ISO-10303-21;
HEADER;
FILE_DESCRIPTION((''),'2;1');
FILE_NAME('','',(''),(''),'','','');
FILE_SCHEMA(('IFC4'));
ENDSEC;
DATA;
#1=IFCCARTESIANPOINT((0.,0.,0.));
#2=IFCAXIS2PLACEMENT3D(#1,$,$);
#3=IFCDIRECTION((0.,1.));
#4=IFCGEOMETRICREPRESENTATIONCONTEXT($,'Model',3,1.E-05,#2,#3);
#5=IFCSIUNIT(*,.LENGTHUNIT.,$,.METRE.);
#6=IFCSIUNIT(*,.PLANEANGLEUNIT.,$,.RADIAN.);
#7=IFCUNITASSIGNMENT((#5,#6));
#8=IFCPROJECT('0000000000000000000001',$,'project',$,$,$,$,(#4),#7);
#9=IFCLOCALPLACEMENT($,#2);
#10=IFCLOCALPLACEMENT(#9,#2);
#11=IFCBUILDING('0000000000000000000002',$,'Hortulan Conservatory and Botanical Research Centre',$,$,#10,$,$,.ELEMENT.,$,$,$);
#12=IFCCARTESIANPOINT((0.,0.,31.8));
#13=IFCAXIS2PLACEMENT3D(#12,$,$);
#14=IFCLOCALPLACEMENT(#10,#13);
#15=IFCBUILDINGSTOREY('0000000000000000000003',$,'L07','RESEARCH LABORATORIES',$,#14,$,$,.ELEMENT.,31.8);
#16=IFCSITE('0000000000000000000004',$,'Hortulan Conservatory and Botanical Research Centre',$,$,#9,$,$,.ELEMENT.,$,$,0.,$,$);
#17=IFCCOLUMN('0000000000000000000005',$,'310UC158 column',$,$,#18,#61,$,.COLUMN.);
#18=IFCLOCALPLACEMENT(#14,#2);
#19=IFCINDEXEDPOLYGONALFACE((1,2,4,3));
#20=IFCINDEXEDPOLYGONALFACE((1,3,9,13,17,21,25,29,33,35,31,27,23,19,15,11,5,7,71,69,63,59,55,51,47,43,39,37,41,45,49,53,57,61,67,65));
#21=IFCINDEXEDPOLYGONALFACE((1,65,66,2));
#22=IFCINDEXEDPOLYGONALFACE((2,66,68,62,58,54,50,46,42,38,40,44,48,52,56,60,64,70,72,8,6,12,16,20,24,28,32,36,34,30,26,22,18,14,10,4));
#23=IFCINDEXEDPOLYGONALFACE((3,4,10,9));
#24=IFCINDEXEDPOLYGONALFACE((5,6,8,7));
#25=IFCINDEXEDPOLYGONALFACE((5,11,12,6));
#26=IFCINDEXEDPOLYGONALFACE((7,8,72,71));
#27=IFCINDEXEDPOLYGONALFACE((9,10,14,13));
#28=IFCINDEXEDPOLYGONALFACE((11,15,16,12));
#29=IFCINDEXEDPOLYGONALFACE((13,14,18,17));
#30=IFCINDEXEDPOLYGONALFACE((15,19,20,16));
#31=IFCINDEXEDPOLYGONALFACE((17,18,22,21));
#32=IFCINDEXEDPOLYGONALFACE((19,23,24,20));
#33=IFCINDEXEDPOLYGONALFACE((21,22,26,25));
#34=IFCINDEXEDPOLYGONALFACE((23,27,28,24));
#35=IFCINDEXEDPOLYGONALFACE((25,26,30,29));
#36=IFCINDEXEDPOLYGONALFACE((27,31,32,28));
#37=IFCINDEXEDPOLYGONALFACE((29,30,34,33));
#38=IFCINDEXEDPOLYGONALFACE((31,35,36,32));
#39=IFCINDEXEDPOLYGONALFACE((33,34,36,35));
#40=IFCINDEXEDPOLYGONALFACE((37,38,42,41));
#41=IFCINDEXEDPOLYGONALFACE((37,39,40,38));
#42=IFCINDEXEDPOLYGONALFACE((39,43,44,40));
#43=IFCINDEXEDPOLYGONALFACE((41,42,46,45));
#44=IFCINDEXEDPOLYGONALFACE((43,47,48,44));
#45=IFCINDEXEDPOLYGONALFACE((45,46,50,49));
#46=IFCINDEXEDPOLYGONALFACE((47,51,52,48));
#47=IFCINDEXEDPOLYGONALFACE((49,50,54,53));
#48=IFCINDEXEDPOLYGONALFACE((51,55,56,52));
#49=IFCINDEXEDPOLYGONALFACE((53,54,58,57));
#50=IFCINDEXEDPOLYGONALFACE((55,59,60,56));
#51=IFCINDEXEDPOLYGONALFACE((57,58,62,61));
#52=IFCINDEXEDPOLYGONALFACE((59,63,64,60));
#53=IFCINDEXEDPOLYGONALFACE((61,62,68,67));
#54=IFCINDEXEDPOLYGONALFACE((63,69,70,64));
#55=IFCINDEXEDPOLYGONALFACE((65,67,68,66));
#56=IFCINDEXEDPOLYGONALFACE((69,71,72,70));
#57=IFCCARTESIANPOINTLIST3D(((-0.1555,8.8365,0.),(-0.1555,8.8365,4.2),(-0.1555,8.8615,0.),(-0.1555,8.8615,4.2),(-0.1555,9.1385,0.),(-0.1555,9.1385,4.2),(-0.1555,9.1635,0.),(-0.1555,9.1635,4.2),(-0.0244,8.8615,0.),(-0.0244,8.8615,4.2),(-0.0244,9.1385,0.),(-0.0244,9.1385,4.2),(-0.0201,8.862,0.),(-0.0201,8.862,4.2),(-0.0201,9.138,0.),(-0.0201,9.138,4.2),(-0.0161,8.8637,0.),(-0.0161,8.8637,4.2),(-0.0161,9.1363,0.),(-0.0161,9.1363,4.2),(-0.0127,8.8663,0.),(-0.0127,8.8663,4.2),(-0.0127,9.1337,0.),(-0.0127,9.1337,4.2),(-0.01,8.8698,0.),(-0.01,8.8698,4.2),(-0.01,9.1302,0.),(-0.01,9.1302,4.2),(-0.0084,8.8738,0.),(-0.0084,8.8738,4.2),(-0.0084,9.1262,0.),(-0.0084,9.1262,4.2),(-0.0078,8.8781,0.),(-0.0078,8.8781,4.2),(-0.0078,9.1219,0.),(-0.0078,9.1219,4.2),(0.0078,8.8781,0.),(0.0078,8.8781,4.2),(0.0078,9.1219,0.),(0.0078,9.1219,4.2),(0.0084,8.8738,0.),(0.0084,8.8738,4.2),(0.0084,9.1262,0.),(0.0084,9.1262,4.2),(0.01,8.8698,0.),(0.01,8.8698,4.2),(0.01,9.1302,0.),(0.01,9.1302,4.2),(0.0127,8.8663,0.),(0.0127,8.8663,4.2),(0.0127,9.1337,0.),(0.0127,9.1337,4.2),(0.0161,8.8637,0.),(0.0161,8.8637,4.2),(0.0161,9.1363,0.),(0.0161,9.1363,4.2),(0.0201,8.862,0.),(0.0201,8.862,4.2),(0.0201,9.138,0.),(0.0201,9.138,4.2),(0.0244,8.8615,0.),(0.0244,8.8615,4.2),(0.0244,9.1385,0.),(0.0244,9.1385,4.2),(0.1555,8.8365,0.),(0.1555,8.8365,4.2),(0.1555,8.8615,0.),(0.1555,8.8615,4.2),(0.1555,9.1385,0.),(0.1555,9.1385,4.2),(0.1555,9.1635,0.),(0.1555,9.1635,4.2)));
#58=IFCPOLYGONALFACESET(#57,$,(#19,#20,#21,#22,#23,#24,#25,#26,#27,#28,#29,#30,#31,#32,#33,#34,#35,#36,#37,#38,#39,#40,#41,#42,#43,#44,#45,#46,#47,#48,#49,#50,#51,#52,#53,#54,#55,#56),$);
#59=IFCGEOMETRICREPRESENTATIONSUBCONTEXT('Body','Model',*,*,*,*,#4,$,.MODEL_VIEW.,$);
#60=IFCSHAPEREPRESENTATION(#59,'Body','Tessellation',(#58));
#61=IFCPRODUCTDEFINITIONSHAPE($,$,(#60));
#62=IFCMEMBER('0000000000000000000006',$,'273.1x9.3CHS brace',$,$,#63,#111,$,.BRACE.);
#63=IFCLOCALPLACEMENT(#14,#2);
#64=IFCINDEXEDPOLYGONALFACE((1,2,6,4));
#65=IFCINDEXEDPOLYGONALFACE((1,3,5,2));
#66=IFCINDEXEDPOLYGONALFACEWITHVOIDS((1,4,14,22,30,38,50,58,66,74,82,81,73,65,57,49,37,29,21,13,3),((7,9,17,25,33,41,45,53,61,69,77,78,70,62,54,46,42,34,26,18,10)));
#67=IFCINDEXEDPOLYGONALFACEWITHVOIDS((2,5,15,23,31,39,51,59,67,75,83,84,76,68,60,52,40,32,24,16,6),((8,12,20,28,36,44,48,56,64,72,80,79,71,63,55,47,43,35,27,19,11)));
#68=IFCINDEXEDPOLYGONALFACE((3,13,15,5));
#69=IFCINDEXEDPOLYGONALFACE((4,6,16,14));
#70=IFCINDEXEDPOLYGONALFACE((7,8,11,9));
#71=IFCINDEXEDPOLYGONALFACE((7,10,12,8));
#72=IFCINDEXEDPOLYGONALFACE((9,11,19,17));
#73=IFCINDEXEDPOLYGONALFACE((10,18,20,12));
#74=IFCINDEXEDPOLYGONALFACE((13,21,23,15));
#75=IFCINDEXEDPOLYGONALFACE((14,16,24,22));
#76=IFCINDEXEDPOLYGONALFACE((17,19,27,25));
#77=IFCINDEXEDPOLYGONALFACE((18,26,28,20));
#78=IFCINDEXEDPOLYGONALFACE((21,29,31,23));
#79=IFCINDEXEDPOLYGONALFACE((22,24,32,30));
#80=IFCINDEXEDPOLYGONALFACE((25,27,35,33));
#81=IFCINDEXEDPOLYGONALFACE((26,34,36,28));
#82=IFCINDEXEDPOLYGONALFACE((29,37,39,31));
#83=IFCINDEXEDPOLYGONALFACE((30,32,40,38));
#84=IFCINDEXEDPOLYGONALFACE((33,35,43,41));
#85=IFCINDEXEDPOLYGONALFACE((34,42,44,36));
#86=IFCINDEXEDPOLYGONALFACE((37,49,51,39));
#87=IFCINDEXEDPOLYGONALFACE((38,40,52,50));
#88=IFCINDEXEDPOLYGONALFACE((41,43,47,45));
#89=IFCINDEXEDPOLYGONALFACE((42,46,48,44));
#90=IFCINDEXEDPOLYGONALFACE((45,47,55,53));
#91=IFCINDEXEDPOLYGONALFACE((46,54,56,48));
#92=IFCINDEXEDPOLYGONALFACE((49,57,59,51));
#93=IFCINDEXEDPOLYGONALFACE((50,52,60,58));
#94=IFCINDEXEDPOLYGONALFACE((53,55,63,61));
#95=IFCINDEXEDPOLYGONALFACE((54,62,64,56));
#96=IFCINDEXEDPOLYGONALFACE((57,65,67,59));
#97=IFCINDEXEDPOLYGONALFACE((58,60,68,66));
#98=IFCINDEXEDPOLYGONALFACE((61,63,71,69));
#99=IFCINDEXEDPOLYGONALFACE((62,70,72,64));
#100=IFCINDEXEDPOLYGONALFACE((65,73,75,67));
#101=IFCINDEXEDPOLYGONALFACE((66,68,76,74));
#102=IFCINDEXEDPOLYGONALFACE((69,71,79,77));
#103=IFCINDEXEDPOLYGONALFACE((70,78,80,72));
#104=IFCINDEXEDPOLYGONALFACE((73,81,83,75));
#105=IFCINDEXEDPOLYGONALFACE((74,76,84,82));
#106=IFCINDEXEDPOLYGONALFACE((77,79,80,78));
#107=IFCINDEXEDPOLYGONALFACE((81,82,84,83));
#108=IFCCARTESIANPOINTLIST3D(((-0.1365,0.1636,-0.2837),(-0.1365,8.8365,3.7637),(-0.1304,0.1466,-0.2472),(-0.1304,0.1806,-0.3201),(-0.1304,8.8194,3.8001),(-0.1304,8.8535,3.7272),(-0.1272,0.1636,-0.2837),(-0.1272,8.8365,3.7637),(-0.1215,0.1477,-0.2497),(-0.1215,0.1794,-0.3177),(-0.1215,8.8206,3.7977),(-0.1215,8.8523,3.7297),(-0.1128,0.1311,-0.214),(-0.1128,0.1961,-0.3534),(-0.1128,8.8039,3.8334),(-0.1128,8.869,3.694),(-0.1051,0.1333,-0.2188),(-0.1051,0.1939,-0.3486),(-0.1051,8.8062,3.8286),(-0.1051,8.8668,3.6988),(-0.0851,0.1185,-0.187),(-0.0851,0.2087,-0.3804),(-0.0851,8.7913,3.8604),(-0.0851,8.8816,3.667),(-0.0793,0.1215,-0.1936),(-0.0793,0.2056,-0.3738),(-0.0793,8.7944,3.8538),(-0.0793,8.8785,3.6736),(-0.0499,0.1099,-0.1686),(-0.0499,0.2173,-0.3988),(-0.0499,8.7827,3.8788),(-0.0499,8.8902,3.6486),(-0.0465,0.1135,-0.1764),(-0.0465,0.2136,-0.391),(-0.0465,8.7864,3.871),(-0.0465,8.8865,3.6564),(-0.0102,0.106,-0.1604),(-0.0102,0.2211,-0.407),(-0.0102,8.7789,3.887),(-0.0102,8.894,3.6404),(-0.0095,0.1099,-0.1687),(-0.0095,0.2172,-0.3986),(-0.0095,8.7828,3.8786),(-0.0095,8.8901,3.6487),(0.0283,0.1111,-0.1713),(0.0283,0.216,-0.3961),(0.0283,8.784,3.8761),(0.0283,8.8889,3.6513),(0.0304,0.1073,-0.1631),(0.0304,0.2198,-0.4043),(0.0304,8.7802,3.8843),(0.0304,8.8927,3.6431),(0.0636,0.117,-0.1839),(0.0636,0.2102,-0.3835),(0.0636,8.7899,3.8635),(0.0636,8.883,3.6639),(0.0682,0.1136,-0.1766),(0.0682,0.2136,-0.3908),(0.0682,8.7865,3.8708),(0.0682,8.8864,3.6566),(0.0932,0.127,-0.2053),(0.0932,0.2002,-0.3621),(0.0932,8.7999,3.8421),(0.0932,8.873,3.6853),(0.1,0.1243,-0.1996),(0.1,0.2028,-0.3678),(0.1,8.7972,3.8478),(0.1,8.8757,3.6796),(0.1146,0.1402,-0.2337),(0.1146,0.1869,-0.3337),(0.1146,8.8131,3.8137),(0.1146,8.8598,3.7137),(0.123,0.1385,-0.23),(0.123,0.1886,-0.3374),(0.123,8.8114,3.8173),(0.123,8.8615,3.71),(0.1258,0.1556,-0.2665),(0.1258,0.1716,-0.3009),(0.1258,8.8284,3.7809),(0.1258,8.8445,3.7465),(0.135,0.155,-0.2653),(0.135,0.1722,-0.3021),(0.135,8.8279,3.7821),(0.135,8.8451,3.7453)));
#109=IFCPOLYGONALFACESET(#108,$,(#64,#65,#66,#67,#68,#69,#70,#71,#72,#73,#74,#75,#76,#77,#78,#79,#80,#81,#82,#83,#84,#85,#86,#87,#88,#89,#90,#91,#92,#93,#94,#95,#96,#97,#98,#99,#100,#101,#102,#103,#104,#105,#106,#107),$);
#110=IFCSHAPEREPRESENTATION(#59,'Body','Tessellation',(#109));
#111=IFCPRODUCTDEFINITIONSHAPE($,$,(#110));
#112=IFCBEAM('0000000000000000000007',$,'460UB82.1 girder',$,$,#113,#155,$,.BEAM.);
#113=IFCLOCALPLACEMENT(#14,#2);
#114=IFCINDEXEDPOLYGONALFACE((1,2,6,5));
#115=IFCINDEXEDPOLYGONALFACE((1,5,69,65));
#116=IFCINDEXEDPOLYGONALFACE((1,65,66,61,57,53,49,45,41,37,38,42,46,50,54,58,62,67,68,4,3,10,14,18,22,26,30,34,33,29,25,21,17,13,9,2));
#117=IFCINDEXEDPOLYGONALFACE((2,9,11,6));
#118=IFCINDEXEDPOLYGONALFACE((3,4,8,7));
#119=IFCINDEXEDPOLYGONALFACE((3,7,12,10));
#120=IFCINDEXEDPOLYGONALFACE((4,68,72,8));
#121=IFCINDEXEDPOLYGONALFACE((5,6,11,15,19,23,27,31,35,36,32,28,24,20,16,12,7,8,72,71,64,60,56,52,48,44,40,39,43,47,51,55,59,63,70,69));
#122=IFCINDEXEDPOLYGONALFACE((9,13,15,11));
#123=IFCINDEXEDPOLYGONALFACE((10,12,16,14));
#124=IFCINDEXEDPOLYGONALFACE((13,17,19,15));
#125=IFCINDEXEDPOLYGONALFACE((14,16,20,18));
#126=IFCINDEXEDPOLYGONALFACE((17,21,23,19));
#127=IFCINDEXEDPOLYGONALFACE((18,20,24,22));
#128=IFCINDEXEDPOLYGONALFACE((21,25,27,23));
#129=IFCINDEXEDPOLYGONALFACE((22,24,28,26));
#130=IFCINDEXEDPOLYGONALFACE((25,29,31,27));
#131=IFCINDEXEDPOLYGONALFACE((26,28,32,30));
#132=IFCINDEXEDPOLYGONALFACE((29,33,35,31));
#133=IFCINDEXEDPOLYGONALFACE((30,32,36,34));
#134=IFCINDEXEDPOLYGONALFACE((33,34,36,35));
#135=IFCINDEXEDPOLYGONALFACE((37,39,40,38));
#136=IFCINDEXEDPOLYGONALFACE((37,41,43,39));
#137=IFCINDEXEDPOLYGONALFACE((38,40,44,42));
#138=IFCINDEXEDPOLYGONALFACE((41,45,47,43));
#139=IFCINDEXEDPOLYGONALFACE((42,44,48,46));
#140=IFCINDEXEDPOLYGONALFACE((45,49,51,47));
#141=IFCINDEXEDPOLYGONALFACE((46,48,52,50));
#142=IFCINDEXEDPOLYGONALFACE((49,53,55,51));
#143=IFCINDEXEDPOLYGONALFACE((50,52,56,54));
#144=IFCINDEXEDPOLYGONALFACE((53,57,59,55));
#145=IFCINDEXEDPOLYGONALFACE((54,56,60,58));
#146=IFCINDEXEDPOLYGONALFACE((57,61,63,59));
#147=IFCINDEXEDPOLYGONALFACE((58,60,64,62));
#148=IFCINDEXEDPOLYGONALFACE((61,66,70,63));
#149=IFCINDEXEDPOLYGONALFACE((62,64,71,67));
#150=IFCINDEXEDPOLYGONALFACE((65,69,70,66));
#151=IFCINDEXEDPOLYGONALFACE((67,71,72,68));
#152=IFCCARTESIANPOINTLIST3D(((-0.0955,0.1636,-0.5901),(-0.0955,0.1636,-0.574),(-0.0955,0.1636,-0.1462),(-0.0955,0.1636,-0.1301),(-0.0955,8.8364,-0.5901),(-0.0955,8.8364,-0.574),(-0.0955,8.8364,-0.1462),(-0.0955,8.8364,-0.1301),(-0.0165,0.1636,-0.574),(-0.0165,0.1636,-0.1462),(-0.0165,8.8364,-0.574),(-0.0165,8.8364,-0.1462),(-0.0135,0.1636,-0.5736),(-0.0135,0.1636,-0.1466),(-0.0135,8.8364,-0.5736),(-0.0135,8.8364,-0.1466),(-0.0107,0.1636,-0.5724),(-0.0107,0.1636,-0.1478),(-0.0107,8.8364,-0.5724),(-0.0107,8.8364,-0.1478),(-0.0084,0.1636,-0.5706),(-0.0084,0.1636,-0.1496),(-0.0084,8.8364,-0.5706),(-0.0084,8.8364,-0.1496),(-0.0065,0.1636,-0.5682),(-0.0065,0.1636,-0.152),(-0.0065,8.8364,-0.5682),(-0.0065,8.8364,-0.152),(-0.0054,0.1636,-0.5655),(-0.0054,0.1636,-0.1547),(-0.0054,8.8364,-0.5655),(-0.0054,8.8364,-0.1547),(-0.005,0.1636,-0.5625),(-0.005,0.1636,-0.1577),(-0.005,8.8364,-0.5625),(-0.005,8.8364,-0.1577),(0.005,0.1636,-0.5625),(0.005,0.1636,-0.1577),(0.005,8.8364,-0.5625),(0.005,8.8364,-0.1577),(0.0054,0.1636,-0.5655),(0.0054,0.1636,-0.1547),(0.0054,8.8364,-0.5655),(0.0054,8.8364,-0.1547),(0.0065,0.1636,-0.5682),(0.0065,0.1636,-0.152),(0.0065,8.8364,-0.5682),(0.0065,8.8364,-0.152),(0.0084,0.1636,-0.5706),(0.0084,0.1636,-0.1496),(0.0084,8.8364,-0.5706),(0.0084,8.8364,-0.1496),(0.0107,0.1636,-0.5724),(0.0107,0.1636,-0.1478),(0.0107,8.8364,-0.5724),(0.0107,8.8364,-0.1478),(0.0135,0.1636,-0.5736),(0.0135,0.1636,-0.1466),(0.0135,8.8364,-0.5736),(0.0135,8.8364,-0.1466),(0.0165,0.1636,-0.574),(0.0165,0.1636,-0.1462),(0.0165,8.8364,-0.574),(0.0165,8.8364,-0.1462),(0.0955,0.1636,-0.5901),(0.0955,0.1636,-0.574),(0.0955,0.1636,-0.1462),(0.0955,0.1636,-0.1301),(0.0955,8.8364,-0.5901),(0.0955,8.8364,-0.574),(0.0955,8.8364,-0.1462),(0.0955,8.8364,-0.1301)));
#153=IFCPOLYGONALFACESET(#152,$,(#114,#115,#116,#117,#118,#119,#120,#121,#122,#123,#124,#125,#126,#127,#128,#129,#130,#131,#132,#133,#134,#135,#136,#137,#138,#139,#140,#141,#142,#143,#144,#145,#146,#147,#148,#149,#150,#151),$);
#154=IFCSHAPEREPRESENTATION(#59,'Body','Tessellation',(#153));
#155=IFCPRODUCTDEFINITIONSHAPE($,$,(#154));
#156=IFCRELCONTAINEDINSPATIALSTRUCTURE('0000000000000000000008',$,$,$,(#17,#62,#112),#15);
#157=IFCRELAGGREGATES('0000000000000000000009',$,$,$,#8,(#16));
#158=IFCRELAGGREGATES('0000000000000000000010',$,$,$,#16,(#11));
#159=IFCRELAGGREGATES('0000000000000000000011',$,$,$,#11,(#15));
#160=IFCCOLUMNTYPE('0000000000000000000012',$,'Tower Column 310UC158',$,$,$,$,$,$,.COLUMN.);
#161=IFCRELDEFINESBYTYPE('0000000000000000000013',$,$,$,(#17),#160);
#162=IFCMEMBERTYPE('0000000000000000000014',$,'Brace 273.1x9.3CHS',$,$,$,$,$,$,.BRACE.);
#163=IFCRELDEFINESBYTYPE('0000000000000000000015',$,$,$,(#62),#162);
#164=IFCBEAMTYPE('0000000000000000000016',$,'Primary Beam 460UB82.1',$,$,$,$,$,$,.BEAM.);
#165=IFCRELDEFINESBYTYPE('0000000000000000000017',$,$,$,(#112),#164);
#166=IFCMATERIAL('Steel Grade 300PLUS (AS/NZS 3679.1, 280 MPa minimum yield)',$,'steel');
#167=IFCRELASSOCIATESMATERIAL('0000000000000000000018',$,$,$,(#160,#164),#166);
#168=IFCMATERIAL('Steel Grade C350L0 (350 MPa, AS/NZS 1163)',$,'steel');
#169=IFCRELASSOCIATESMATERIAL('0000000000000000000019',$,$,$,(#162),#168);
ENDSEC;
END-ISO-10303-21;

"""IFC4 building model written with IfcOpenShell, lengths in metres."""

from ifc_helpers import new_model, si_unit, direction, frame, origin, origin_2d, place, context, subcontext, project, spatial, hollow_circle, i_section, extrude, material, material_profile, profile_set, type_object, element, save


model = new_model("IFC4")

# Units and contexts
model_context = context("Model", 3, precision=1e-05, world=origin(), true_north=direction((0.0, 1.0)))
body_context = subcontext(model_context, "Body", "Model", "MODEL_VIEW")
ifc_project = project(units=[si_unit("LENGTHUNIT", "METRE"), si_unit("PLANEANGLEUNIT", "RADIAN")], contexts=[model_context])

# Site, building, storey
site_placement = place(None, origin())
site = spatial("IfcSite", under=ifc_project, at=site_placement, Name="Hortulan Conservatory and Botanical Research Centre", CompositionType="ELEMENT", RefElevation=0.0)
building_placement = place(site_placement, origin())
building = spatial("IfcBuilding", under=site, at=building_placement, Name="Hortulan Conservatory and Botanical Research Centre", CompositionType="ELEMENT")
storey_placement = place(building_placement, frame((0.0, 0.0, 31.8)))
storey = spatial("IfcBuildingStorey", under=building, at=storey_placement, Name="L07", Description="RESEARCH LABORATORIES", CompositionType="ELEMENT", Elevation=31.8)

# Column
ifc_material_1 = material(Name="Steel Grade 300PLUS (AS/NZS 3679.1, 280 MPa minimum yield)", Category="steel")
ifc_material_profile_1 = material_profile(ifc_material_1, i_section(OverallWidth=0.311, OverallDepth=0.3269, WebThickness=0.0156, FlangeThickness=0.0249, FilletRadius=0.0166, at=origin_2d()), Name="310UC158")
ifc_profile_set_1 = profile_set([ifc_material_profile_1], Name="Steel Grade 300PLUS (AS/NZS 3679.1, 280 MPa minimum yield)")
column_type = type_object("IfcColumnType", Name="Tower Column 310UC158", PredefinedType="COLUMN", material=ifc_profile_set_1)
column_placement = place(storey_placement, frame((0.0, 9.0, 0.0), z_axis=(0.0, 0.0, 1.0), x_axis=(1.0, 0.0, 0.0)))
element("IfcColumn", 1, at=column_placement, inside=storey, type_object=column_type, Name="310UC158 column", PredefinedType="COLUMN", context=body_context, shape_type="SweptSolid", body=[
    extrude(i_section(OverallWidth=0.311, OverallDepth=0.3269, WebThickness=0.0156, FlangeThickness=0.0249, FilletRadius=0.0166, at=origin_2d()), origin(), (0.0, 0.0, 1.0), 4.2),
])

# Member
ifc_material_2 = material(Name="Steel Grade C350L0 (350 MPa, AS/NZS 1163)", Category="steel")
ifc_material_profile_2 = material_profile(ifc_material_2, hollow_circle(Radius=0.1365, WallThickness=0.0093, at=origin_2d()), Name="273.1x9.3CHS")
ifc_profile_set_2 = profile_set([ifc_material_profile_2], Name="Steel Grade C350L0 (350 MPa, AS/NZS 1163)")
member_type = type_object("IfcMemberType", Name="Brace 273.1x9.3CHS", PredefinedType="BRACE", material=ifc_profile_set_2)
member_placement = place(storey_placement, frame((0.0, 0.1636, -0.2837), z_axis=(0.0, 0.906182, 0.422888), x_axis=(-1.0, 0.0, 0.0)))
element("IfcMember", 2, at=member_placement, inside=storey, type_object=member_type, Name="273.1x9.3CHS brace", PredefinedType="BRACE", context=body_context, shape_type="SweptSolid", body=[
    extrude(hollow_circle(Radius=0.1365, WallThickness=0.0093, at=origin_2d()), origin(), (0.0, 0.0, 1.0), 9.5708),
])

# Beam
ifc_material_profile_3 = material_profile(ifc_material_1, i_section(OverallWidth=0.1909, OverallDepth=0.46, WebThickness=0.01, FlangeThickness=0.0161, FilletRadius=0.0115, at=origin_2d()), Name="460UB82.1")
ifc_profile_set_3 = profile_set([ifc_material_profile_3], Name="Steel Grade 300PLUS (AS/NZS 3679.1, 280 MPa minimum yield)")
beam_type_1 = type_object("IfcBeamType", Name="Primary Beam 460UB82.1", PredefinedType="BEAM", material=ifc_profile_set_3)
beam_1_placement = place(storey_placement, frame((0.0, 0.1636, -0.3601), z_axis=(0.0, 1.0, 0.0), x_axis=(-1.0, 0.0, 0.0)))
element("IfcBeam", 3, at=beam_1_placement, inside=storey, type_object=beam_type_1, Name="460UB82.1 girder", PredefinedType="BEAM", context=body_context, shape_type="SweptSolid", body=[
    extrude(i_section(OverallWidth=0.1909, OverallDepth=0.46, WebThickness=0.01, FlangeThickness=0.0161, FilletRadius=0.0115, at=origin_2d()), origin(), (0.0, 0.0, 1.0), 8.6729),
])

save(model, "model.ifc")
